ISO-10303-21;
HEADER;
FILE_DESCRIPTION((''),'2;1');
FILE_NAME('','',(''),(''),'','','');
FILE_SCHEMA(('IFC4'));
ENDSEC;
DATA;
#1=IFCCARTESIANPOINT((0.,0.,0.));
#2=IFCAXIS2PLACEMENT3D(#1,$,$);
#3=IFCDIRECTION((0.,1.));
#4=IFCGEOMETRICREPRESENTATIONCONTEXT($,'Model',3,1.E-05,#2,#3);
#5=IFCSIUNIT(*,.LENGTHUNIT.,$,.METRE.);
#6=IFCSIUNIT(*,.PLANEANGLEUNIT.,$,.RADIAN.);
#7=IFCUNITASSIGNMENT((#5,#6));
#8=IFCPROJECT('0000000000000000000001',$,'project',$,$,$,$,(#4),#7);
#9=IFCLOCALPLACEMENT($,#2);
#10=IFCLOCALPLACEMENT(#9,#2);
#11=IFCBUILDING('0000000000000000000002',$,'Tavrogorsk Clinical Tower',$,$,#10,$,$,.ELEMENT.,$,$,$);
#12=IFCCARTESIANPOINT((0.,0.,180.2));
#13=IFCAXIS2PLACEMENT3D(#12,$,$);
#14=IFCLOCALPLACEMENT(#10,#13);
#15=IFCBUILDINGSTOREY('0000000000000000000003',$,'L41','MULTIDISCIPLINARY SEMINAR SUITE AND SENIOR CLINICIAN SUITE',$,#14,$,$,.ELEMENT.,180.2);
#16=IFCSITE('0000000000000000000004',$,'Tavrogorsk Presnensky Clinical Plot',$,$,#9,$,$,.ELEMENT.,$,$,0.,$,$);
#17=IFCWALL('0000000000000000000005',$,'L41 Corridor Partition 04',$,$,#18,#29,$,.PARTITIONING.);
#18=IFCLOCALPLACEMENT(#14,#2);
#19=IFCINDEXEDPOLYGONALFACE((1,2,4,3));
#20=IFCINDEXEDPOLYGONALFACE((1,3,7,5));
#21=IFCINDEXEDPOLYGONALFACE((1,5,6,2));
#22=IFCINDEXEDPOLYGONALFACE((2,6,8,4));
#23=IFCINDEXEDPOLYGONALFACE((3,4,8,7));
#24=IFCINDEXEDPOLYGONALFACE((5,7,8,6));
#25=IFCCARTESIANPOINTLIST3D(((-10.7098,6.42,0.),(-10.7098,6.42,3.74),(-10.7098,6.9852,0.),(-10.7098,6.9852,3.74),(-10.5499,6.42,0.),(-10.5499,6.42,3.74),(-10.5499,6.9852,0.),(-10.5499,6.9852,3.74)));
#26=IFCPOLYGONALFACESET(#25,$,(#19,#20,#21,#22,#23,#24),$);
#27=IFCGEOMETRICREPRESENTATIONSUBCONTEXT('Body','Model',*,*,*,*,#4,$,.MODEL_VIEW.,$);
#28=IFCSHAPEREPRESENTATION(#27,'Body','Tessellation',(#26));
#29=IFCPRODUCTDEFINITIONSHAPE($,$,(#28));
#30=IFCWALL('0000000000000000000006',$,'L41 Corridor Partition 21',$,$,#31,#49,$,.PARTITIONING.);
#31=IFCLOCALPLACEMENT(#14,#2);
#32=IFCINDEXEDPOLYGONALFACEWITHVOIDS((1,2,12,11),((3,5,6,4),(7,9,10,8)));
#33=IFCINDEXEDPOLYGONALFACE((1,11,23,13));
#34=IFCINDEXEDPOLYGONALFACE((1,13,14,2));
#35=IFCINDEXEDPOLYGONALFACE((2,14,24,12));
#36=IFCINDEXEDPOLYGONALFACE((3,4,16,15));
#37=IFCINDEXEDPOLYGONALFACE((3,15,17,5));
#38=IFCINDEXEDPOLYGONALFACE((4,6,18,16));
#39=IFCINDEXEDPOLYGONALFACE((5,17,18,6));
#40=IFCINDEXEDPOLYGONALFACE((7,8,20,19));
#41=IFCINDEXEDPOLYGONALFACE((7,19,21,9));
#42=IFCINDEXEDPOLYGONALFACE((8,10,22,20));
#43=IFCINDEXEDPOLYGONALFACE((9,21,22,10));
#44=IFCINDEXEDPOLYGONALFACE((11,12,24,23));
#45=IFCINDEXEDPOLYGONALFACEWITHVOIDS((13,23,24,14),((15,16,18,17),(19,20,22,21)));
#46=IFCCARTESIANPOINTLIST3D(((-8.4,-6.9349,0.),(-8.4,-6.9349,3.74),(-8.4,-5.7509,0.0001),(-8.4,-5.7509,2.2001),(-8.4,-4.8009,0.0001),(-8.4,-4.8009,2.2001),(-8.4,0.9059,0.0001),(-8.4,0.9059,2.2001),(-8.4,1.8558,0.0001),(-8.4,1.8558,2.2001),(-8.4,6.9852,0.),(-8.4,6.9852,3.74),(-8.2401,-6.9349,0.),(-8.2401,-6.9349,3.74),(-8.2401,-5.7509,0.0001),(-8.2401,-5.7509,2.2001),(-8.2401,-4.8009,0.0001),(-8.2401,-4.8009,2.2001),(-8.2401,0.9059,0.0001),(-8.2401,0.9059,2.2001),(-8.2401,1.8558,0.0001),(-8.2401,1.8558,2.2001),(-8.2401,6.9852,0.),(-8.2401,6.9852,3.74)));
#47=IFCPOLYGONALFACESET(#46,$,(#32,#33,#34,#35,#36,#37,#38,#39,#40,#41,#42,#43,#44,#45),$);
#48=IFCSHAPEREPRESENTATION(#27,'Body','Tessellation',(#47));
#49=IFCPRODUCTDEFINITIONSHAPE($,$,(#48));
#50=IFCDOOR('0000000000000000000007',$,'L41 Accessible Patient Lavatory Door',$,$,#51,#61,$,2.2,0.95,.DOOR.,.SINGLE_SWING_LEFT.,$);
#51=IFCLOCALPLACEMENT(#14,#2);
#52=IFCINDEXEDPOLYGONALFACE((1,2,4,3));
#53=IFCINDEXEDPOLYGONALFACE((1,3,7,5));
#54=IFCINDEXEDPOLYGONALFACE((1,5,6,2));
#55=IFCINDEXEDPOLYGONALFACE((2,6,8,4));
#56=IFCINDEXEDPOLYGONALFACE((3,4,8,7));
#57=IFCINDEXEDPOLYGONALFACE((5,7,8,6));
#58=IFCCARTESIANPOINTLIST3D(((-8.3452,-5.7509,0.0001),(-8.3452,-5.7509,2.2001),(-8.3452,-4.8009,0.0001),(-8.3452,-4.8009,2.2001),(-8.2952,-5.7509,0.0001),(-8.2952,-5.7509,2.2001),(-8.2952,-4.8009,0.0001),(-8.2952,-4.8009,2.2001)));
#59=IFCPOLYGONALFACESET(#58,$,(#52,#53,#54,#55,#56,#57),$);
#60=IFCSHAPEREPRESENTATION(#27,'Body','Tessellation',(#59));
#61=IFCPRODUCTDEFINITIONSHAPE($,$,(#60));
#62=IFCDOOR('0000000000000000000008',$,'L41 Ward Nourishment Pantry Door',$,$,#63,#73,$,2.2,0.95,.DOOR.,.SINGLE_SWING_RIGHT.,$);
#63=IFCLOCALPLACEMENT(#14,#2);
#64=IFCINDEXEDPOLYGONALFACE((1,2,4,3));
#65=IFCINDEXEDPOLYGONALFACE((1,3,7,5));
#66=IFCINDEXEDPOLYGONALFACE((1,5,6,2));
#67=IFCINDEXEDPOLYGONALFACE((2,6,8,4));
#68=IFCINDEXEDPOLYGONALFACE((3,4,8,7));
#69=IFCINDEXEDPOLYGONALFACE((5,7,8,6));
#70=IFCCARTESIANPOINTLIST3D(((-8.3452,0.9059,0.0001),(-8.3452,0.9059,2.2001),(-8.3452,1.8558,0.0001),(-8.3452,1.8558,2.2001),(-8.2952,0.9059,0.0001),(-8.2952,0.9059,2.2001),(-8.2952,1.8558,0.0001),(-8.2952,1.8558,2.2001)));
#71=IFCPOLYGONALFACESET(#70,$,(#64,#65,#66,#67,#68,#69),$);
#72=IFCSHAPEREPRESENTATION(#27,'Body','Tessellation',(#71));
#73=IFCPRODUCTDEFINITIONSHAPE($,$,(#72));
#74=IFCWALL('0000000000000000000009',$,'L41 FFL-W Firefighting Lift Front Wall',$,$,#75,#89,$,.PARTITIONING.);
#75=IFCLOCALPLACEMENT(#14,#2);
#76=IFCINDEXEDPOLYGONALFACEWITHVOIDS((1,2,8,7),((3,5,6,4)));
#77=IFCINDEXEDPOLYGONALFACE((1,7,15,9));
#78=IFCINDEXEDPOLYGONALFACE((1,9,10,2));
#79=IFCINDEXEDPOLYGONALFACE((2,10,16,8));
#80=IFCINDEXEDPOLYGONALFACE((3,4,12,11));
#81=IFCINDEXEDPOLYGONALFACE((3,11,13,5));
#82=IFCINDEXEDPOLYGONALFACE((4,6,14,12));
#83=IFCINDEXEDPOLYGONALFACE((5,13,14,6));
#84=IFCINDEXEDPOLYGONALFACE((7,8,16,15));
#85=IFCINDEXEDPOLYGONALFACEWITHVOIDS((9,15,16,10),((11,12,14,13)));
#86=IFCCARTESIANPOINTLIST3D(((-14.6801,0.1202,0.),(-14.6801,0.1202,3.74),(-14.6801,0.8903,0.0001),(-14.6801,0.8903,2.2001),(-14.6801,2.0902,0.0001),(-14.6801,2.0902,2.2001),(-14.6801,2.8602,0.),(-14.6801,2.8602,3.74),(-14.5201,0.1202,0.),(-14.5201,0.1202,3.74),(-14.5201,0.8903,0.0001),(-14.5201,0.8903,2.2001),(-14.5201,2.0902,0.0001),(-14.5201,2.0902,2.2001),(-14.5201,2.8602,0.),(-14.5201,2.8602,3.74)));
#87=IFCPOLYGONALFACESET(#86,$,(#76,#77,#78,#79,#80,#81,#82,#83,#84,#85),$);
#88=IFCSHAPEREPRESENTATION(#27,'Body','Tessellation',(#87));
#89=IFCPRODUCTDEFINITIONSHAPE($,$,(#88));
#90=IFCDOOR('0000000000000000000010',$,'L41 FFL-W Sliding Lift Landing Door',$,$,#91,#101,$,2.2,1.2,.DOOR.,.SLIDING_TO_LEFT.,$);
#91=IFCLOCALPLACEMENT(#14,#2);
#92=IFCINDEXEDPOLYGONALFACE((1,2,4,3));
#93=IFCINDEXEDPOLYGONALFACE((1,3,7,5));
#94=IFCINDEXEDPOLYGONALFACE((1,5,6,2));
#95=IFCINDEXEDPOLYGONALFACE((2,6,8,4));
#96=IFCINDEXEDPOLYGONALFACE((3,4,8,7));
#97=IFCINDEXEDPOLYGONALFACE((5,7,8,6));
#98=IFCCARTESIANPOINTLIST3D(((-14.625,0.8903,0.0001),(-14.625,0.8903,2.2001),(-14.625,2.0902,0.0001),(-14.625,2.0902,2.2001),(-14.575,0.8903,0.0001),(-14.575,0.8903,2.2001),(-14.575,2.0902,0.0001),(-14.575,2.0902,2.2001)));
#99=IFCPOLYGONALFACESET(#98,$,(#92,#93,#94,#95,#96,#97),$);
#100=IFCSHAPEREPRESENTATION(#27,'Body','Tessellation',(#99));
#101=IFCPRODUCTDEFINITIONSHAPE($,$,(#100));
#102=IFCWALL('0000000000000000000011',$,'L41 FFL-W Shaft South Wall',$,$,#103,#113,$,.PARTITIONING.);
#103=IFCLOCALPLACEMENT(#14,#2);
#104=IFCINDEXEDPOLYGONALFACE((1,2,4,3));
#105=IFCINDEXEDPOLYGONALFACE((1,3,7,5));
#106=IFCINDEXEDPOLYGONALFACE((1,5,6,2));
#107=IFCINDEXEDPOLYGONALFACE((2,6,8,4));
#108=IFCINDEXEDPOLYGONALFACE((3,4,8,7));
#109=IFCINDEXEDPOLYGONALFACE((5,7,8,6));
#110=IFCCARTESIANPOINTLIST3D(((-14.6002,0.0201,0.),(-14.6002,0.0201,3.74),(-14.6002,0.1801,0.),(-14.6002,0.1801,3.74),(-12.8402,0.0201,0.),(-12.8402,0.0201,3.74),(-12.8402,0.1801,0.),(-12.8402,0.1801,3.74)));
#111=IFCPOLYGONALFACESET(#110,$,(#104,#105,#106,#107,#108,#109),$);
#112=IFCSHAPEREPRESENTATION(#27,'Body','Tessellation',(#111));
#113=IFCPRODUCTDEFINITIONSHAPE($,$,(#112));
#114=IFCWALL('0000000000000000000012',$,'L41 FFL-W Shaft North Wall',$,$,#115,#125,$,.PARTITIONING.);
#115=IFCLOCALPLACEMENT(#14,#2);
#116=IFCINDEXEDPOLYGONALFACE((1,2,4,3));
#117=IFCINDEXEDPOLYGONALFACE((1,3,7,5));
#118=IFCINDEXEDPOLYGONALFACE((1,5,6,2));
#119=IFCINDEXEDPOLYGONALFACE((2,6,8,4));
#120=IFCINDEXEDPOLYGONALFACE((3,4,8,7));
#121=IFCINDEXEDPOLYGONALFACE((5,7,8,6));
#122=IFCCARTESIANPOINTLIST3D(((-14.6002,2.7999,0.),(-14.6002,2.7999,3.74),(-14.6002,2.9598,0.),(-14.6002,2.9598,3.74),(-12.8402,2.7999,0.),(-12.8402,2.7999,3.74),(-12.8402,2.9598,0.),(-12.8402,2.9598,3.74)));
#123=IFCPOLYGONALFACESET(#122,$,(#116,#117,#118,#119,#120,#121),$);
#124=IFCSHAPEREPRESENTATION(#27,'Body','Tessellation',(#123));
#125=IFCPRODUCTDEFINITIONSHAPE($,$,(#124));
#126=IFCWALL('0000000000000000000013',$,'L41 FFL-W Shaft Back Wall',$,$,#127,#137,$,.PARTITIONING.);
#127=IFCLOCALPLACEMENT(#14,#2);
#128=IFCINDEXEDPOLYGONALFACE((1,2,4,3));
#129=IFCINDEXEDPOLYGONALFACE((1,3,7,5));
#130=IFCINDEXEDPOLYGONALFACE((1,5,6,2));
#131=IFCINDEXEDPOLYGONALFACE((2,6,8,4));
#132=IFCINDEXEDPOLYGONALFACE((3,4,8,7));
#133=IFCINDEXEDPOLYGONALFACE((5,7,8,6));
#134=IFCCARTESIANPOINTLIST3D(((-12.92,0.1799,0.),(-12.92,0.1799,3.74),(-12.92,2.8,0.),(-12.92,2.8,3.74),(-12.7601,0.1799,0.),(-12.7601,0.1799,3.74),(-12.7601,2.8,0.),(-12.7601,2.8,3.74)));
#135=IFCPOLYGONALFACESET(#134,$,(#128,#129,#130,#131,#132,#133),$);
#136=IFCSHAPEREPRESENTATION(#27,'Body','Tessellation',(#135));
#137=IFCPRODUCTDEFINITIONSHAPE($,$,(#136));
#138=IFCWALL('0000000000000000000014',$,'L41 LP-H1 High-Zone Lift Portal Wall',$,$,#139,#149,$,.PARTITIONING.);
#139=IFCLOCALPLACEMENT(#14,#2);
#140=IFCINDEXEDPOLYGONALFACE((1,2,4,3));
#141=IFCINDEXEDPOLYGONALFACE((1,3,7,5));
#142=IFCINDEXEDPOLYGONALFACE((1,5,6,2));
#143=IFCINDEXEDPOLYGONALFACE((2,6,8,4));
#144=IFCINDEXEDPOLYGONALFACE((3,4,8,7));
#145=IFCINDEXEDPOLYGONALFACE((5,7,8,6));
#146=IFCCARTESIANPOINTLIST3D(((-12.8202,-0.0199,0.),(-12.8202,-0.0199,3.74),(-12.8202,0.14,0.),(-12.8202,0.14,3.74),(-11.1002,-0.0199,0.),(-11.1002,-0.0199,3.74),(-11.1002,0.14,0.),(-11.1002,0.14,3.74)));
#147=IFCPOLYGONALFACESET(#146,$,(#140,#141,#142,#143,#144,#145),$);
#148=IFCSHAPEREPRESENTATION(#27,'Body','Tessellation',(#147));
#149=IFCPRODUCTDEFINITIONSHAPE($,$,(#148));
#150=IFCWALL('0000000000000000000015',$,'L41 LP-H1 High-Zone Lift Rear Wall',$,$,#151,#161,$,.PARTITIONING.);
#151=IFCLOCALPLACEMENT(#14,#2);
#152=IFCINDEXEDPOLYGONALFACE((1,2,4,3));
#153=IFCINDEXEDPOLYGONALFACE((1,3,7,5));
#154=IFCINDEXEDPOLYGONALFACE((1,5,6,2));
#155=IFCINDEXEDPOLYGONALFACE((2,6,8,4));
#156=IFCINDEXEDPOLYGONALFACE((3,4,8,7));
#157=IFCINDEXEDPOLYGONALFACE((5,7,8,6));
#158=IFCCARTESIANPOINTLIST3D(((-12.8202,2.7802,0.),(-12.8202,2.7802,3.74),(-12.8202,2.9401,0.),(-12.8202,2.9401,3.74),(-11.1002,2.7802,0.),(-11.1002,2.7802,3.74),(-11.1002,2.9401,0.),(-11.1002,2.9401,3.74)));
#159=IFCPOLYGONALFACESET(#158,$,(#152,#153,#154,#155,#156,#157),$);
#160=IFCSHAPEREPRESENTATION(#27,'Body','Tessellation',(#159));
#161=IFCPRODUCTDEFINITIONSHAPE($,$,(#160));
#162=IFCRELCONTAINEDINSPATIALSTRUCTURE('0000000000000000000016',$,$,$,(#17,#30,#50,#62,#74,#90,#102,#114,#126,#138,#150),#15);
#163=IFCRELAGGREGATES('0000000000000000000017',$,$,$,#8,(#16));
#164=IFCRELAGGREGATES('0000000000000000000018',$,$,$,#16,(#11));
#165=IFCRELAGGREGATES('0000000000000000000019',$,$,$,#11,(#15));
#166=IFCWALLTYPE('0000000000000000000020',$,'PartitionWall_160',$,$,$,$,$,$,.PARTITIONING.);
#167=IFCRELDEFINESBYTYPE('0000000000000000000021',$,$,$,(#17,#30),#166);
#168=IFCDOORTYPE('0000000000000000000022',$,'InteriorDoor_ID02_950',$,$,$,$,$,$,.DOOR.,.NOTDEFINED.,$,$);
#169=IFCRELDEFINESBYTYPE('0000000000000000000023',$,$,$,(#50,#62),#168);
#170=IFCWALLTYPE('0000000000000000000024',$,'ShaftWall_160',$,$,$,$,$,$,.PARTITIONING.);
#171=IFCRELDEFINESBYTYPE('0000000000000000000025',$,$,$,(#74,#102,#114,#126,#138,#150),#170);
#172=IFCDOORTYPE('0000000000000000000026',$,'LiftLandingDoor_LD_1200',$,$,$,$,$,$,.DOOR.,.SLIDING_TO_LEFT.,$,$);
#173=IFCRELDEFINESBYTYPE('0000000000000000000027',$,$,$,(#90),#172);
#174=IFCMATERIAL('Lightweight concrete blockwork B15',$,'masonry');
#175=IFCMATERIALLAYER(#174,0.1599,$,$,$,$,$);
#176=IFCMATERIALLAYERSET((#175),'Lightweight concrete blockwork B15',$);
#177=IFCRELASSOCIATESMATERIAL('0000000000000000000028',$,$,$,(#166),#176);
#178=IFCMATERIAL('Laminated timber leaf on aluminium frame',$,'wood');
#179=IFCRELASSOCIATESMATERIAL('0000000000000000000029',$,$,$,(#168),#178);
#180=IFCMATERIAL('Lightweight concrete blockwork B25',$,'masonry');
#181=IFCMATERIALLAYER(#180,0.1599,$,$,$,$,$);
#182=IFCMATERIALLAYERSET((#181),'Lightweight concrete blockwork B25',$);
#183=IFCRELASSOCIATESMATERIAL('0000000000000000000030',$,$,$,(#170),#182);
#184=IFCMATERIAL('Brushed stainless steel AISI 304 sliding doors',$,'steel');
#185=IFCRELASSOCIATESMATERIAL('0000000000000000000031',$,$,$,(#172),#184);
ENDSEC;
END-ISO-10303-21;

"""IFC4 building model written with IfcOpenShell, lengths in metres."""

from ifc_helpers import new_model, si_unit, direction, frame, frame_2d, origin, place, context, subcontext, project, spatial, rectangle, extrude, material, layer, layer_set, type_object, element, fill, save


model = new_model("IFC4")

# Units and contexts
model_context = context("Model", 3, precision=1e-05, world=origin(), true_north=direction((0.0, 1.0)))
body_context = subcontext(model_context, "Body", "Model", "MODEL_VIEW")
ifc_project = project(units=[si_unit("LENGTHUNIT", "METRE"), si_unit("PLANEANGLEUNIT", "RADIAN")], contexts=[model_context])

# Site, building, storey
site_placement = place(None, origin())
site = spatial("IfcSite", under=ifc_project, at=site_placement, Name="Tavrogorsk Presnensky Clinical Plot", CompositionType="ELEMENT", RefElevation=0.0)
building_placement = place(site_placement, origin())
building = spatial("IfcBuilding", under=site, at=building_placement, Name="Tavrogorsk Clinical Tower", CompositionType="ELEMENT")
storey_placement = place(building_placement, frame((0.0, 0.0, 180.2)))
storey = spatial("IfcBuildingStorey", under=building, at=storey_placement, Name="L41", Description="MULTIDISCIPLINARY SEMINAR SUITE AND SENIOR CLINICIAN SUITE", CompositionType="ELEMENT", Elevation=180.2)

# Shared definitions
ifc_material_1 = material(Name="Lightweight concrete blockwork B15", Category="masonry")
ifc_layer_1 = layer(ifc_material_1, 0.1599)
ifc_layer_set_1 = layer_set([ifc_layer_1], Name="Lightweight concrete blockwork B15")
wall_type_1 = type_object("IfcWallType", Name="PartitionWall_160", PredefinedType="PARTITIONING", material=ifc_layer_set_1)
ifc_material_2 = material(Name="Laminated timber leaf on aluminium frame", Category="wood")
door_type_1 = type_object("IfcDoorType", Name="InteriorDoor_ID02_950", OperationType="NOTDEFINED", PredefinedType="DOOR", material=ifc_material_2)

# Wall
wall_1_placement = place(storey_placement, frame((-10.6299, 6.4199, 0.0), z_axis=(0.0, 0.0, 1.0), x_axis=(0.0, 1.0, 0.0)))
element("IfcWall", 1, at=wall_1_placement, inside=storey, type_object=wall_type_1, Name="L41 Corridor Partition 04", PredefinedType="PARTITIONING", context=body_context, shape_type="SweptSolid", body=[
    extrude(rectangle(XDim=0.5652, YDim=0.1599, at=frame_2d((0.2827, 0.0))), origin(), (0.0, 0.0, 1.0), 3.74),
])

# Wall, openings, doors
wall_2_placement = place(storey_placement, frame((-8.3201, 6.9851, 0.0), z_axis=(0.0, 0.0, 1.0), x_axis=(0.0, -1.0, 0.0)))
wall_2 = element("IfcWall", 2, at=wall_2_placement, inside=storey, type_object=wall_type_1, Name="L41 Corridor Partition 21", PredefinedType="PARTITIONING", context=body_context, shape_type="SweptSolid", body=[
    extrude(rectangle(XDim=13.9202, YDim=0.1599, at=frame_2d((6.96, 0.0))), origin(), (0.0, 0.0, 1.0), 3.74),
])
opening_1_placement = place(wall_2_placement, frame((11.7859, 0.0, 0.0)))
opening_1 = element("IfcOpeningElement", 3, at=opening_1_placement, cuts=wall_2, PredefinedType="OPENING", context=body_context, shape_type="SweptSolid", body=[
    extrude(rectangle(XDim=0.95, YDim=2.2, at=frame_2d((0.4751, 1.1001))), frame((0.0, 0.0898, 0.0), z_axis=(0.0, -1.0, 0.0), x_axis=(1.0, 0.0, 0.0)), (0.0, 0.0, 1.0), 0.1799),
])
opening_2_placement = place(wall_2_placement, frame((5.1292, 0.0, 0.0)))
opening_2 = element("IfcOpeningElement", 4, at=opening_2_placement, cuts=wall_2, PredefinedType="OPENING", context=body_context, shape_type="SweptSolid", body=[
    extrude(rectangle(XDim=0.95, YDim=2.2, at=frame_2d((0.4751, 1.1001))), frame((0.0, 0.0898, 0.0), z_axis=(0.0, -1.0, 0.0), x_axis=(1.0, 0.0, 0.0)), (0.0, 0.0, 1.0), 0.1799),
])
door_1_placement = place(opening_1_placement, origin())
door_1 = element("IfcDoor", 5, at=door_1_placement, inside=storey, type_object=door_type_1, Name="L41 Accessible Patient Lavatory Door", OperationType="SINGLE_SWING_LEFT", OverallHeight=2.2, OverallWidth=0.95, PredefinedType="DOOR", context=body_context, shape_type="SweptSolid", body=[
    extrude(rectangle(XDim=0.95, YDim=2.2, at=frame_2d((0.4751, 1.1001))), frame((0.0, 0.0249, 0.0), z_axis=(0.0, -1.0, 0.0), x_axis=(1.0, 0.0, 0.0)), (0.0, 0.0, 1.0), 0.05),
])
fill(opening_1, door_1)
door_2_placement = place(opening_2_placement, origin())
door_2 = element("IfcDoor", 6, at=door_2_placement, inside=storey, type_object=door_type_1, Name="L41 Ward Nourishment Pantry Door", OperationType="SINGLE_SWING_RIGHT", OverallHeight=2.2, OverallWidth=0.95, PredefinedType="DOOR", context=body_context, shape_type="SweptSolid", body=[
    extrude(rectangle(XDim=0.95, YDim=2.2, at=frame_2d((0.4751, 1.1001))), frame((0.0, 0.0249, 0.0), z_axis=(0.0, -1.0, 0.0), x_axis=(1.0, 0.0, 0.0)), (0.0, 0.0, 1.0), 0.05),
])
fill(opening_2, door_2)

# Wall, opening, door
ifc_material_3 = material(Name="Lightweight concrete blockwork B25", Category="masonry")
ifc_layer_2 = layer(ifc_material_3, 0.1599)
ifc_layer_set_2 = layer_set([ifc_layer_2], Name="Lightweight concrete blockwork B25")
wall_type_2 = type_object("IfcWallType", Name="ShaftWall_160", PredefinedType="PARTITIONING", material=ifc_layer_set_2)
wall_3_placement = place(storey_placement, frame((-14.6001, 0.1201, 0.0), z_axis=(0.0, 0.0, 1.0), x_axis=(0.0, 1.0, 0.0)))
wall_3 = element("IfcWall", 7, at=wall_3_placement, inside=storey, type_object=wall_type_2, Name="L41 FFL-W Firefighting Lift Front Wall", PredefinedType="PARTITIONING", context=body_context, shape_type="SweptSolid", body=[
    extrude(rectangle(XDim=2.74, YDim=0.1599, at=frame_2d((1.3701, 0.0))), origin(), (0.0, 0.0, 1.0), 3.74),
])
opening_3_placement = place(wall_3_placement, frame((0.77, 0.0, 0.0)))
opening_3 = element("IfcOpeningElement", 8, at=opening_3_placement, cuts=wall_3, PredefinedType="OPENING", context=body_context, shape_type="SweptSolid", body=[
    extrude(rectangle(XDim=1.2, YDim=2.2, at=frame_2d((0.6001, 1.1001))), frame((0.0, 0.0898, 0.0), z_axis=(0.0, -1.0, 0.0), x_axis=(1.0, 0.0, 0.0)), (0.0, 0.0, 1.0), 0.1799),
])
ifc_material_4 = material(Name="Brushed stainless steel AISI 304 sliding doors", Category="steel")
door_type_2 = type_object("IfcDoorType", Name="LiftLandingDoor_LD_1200", OperationType="SLIDING_TO_LEFT", PredefinedType="DOOR", material=ifc_material_4)
door_3_placement = place(opening_3_placement, origin())
door_3 = element("IfcDoor", 9, at=door_3_placement, inside=storey, type_object=door_type_2, Name="L41 FFL-W Sliding Lift Landing Door", OperationType="SLIDING_TO_LEFT", OverallHeight=2.2, OverallWidth=1.2, PredefinedType="DOOR", context=body_context, shape_type="SweptSolid", body=[
    extrude(rectangle(XDim=1.2, YDim=2.2, at=frame_2d((0.6001, 1.1001))), frame((0.0, 0.0249, 0.0), z_axis=(0.0, -1.0, 0.0), x_axis=(1.0, 0.0, 0.0)), (0.0, 0.0, 1.0), 0.05),
])
fill(opening_3, door_3)

# Walls
for number, where, z_axis, x_axis, name in (
    (10, (-14.6001, 0.1001, 0.0), (0.0, 0.0, 1.0), (1.0, 0.0, 0.0), "L41 FFL-W Shaft South Wall"),
    (11, (-14.6001, 2.8799, 0.0), (0.0, 0.0, 1.0), (1.0, 0.0, 0.0), "L41 FFL-W Shaft North Wall"),
):
    element("IfcWall", number, at=place(storey_placement, frame(where, z_axis=z_axis, x_axis=x_axis)), inside=storey, type_object=wall_type_2, Name=name, PredefinedType="PARTITIONING", context=body_context, shape_type="SweptSolid", body=[
        extrude(rectangle(XDim=1.76, YDim=0.1599, at=frame_2d((0.8799, 0.0))), origin(), (0.0, 0.0, 1.0), 3.74),
    ])
wall_4_placement = place(storey_placement, frame((-12.8401, 0.1799, 0.0), z_axis=(0.0, 0.0, 1.0), x_axis=(0.0, 1.0, 0.0)))
element("IfcWall", 12, at=wall_4_placement, inside=storey, type_object=wall_type_2, Name="L41 FFL-W Shaft Back Wall", PredefinedType="PARTITIONING", context=body_context, shape_type="SweptSolid", body=[
    extrude(rectangle(XDim=2.6201, YDim=0.1599, at=frame_2d((1.3101, 0.0))), origin(), (0.0, 0.0, 1.0), 3.74),
])
for number, where, z_axis, x_axis, name in (
    (13, (-12.8201, 0.0601, 0.0), (0.0, 0.0, 1.0), (1.0, 0.0, 0.0), "L41 LP-H1 High-Zone Lift Portal Wall"),
    (14, (-12.8201, 2.8601, 0.0), (0.0, 0.0, 1.0), (1.0, 0.0, 0.0), "L41 LP-H1 High-Zone Lift Rear Wall"),
):
    element("IfcWall", number, at=place(storey_placement, frame(where, z_axis=z_axis, x_axis=x_axis)), inside=storey, type_object=wall_type_2, Name=name, PredefinedType="PARTITIONING", context=body_context, shape_type="SweptSolid", body=[
        extrude(rectangle(XDim=1.72, YDim=0.1599, at=frame_2d((0.8599, 0.0))), origin(), (0.0, 0.0, 1.0), 3.74),
    ])

save(model, "model.ifc")
